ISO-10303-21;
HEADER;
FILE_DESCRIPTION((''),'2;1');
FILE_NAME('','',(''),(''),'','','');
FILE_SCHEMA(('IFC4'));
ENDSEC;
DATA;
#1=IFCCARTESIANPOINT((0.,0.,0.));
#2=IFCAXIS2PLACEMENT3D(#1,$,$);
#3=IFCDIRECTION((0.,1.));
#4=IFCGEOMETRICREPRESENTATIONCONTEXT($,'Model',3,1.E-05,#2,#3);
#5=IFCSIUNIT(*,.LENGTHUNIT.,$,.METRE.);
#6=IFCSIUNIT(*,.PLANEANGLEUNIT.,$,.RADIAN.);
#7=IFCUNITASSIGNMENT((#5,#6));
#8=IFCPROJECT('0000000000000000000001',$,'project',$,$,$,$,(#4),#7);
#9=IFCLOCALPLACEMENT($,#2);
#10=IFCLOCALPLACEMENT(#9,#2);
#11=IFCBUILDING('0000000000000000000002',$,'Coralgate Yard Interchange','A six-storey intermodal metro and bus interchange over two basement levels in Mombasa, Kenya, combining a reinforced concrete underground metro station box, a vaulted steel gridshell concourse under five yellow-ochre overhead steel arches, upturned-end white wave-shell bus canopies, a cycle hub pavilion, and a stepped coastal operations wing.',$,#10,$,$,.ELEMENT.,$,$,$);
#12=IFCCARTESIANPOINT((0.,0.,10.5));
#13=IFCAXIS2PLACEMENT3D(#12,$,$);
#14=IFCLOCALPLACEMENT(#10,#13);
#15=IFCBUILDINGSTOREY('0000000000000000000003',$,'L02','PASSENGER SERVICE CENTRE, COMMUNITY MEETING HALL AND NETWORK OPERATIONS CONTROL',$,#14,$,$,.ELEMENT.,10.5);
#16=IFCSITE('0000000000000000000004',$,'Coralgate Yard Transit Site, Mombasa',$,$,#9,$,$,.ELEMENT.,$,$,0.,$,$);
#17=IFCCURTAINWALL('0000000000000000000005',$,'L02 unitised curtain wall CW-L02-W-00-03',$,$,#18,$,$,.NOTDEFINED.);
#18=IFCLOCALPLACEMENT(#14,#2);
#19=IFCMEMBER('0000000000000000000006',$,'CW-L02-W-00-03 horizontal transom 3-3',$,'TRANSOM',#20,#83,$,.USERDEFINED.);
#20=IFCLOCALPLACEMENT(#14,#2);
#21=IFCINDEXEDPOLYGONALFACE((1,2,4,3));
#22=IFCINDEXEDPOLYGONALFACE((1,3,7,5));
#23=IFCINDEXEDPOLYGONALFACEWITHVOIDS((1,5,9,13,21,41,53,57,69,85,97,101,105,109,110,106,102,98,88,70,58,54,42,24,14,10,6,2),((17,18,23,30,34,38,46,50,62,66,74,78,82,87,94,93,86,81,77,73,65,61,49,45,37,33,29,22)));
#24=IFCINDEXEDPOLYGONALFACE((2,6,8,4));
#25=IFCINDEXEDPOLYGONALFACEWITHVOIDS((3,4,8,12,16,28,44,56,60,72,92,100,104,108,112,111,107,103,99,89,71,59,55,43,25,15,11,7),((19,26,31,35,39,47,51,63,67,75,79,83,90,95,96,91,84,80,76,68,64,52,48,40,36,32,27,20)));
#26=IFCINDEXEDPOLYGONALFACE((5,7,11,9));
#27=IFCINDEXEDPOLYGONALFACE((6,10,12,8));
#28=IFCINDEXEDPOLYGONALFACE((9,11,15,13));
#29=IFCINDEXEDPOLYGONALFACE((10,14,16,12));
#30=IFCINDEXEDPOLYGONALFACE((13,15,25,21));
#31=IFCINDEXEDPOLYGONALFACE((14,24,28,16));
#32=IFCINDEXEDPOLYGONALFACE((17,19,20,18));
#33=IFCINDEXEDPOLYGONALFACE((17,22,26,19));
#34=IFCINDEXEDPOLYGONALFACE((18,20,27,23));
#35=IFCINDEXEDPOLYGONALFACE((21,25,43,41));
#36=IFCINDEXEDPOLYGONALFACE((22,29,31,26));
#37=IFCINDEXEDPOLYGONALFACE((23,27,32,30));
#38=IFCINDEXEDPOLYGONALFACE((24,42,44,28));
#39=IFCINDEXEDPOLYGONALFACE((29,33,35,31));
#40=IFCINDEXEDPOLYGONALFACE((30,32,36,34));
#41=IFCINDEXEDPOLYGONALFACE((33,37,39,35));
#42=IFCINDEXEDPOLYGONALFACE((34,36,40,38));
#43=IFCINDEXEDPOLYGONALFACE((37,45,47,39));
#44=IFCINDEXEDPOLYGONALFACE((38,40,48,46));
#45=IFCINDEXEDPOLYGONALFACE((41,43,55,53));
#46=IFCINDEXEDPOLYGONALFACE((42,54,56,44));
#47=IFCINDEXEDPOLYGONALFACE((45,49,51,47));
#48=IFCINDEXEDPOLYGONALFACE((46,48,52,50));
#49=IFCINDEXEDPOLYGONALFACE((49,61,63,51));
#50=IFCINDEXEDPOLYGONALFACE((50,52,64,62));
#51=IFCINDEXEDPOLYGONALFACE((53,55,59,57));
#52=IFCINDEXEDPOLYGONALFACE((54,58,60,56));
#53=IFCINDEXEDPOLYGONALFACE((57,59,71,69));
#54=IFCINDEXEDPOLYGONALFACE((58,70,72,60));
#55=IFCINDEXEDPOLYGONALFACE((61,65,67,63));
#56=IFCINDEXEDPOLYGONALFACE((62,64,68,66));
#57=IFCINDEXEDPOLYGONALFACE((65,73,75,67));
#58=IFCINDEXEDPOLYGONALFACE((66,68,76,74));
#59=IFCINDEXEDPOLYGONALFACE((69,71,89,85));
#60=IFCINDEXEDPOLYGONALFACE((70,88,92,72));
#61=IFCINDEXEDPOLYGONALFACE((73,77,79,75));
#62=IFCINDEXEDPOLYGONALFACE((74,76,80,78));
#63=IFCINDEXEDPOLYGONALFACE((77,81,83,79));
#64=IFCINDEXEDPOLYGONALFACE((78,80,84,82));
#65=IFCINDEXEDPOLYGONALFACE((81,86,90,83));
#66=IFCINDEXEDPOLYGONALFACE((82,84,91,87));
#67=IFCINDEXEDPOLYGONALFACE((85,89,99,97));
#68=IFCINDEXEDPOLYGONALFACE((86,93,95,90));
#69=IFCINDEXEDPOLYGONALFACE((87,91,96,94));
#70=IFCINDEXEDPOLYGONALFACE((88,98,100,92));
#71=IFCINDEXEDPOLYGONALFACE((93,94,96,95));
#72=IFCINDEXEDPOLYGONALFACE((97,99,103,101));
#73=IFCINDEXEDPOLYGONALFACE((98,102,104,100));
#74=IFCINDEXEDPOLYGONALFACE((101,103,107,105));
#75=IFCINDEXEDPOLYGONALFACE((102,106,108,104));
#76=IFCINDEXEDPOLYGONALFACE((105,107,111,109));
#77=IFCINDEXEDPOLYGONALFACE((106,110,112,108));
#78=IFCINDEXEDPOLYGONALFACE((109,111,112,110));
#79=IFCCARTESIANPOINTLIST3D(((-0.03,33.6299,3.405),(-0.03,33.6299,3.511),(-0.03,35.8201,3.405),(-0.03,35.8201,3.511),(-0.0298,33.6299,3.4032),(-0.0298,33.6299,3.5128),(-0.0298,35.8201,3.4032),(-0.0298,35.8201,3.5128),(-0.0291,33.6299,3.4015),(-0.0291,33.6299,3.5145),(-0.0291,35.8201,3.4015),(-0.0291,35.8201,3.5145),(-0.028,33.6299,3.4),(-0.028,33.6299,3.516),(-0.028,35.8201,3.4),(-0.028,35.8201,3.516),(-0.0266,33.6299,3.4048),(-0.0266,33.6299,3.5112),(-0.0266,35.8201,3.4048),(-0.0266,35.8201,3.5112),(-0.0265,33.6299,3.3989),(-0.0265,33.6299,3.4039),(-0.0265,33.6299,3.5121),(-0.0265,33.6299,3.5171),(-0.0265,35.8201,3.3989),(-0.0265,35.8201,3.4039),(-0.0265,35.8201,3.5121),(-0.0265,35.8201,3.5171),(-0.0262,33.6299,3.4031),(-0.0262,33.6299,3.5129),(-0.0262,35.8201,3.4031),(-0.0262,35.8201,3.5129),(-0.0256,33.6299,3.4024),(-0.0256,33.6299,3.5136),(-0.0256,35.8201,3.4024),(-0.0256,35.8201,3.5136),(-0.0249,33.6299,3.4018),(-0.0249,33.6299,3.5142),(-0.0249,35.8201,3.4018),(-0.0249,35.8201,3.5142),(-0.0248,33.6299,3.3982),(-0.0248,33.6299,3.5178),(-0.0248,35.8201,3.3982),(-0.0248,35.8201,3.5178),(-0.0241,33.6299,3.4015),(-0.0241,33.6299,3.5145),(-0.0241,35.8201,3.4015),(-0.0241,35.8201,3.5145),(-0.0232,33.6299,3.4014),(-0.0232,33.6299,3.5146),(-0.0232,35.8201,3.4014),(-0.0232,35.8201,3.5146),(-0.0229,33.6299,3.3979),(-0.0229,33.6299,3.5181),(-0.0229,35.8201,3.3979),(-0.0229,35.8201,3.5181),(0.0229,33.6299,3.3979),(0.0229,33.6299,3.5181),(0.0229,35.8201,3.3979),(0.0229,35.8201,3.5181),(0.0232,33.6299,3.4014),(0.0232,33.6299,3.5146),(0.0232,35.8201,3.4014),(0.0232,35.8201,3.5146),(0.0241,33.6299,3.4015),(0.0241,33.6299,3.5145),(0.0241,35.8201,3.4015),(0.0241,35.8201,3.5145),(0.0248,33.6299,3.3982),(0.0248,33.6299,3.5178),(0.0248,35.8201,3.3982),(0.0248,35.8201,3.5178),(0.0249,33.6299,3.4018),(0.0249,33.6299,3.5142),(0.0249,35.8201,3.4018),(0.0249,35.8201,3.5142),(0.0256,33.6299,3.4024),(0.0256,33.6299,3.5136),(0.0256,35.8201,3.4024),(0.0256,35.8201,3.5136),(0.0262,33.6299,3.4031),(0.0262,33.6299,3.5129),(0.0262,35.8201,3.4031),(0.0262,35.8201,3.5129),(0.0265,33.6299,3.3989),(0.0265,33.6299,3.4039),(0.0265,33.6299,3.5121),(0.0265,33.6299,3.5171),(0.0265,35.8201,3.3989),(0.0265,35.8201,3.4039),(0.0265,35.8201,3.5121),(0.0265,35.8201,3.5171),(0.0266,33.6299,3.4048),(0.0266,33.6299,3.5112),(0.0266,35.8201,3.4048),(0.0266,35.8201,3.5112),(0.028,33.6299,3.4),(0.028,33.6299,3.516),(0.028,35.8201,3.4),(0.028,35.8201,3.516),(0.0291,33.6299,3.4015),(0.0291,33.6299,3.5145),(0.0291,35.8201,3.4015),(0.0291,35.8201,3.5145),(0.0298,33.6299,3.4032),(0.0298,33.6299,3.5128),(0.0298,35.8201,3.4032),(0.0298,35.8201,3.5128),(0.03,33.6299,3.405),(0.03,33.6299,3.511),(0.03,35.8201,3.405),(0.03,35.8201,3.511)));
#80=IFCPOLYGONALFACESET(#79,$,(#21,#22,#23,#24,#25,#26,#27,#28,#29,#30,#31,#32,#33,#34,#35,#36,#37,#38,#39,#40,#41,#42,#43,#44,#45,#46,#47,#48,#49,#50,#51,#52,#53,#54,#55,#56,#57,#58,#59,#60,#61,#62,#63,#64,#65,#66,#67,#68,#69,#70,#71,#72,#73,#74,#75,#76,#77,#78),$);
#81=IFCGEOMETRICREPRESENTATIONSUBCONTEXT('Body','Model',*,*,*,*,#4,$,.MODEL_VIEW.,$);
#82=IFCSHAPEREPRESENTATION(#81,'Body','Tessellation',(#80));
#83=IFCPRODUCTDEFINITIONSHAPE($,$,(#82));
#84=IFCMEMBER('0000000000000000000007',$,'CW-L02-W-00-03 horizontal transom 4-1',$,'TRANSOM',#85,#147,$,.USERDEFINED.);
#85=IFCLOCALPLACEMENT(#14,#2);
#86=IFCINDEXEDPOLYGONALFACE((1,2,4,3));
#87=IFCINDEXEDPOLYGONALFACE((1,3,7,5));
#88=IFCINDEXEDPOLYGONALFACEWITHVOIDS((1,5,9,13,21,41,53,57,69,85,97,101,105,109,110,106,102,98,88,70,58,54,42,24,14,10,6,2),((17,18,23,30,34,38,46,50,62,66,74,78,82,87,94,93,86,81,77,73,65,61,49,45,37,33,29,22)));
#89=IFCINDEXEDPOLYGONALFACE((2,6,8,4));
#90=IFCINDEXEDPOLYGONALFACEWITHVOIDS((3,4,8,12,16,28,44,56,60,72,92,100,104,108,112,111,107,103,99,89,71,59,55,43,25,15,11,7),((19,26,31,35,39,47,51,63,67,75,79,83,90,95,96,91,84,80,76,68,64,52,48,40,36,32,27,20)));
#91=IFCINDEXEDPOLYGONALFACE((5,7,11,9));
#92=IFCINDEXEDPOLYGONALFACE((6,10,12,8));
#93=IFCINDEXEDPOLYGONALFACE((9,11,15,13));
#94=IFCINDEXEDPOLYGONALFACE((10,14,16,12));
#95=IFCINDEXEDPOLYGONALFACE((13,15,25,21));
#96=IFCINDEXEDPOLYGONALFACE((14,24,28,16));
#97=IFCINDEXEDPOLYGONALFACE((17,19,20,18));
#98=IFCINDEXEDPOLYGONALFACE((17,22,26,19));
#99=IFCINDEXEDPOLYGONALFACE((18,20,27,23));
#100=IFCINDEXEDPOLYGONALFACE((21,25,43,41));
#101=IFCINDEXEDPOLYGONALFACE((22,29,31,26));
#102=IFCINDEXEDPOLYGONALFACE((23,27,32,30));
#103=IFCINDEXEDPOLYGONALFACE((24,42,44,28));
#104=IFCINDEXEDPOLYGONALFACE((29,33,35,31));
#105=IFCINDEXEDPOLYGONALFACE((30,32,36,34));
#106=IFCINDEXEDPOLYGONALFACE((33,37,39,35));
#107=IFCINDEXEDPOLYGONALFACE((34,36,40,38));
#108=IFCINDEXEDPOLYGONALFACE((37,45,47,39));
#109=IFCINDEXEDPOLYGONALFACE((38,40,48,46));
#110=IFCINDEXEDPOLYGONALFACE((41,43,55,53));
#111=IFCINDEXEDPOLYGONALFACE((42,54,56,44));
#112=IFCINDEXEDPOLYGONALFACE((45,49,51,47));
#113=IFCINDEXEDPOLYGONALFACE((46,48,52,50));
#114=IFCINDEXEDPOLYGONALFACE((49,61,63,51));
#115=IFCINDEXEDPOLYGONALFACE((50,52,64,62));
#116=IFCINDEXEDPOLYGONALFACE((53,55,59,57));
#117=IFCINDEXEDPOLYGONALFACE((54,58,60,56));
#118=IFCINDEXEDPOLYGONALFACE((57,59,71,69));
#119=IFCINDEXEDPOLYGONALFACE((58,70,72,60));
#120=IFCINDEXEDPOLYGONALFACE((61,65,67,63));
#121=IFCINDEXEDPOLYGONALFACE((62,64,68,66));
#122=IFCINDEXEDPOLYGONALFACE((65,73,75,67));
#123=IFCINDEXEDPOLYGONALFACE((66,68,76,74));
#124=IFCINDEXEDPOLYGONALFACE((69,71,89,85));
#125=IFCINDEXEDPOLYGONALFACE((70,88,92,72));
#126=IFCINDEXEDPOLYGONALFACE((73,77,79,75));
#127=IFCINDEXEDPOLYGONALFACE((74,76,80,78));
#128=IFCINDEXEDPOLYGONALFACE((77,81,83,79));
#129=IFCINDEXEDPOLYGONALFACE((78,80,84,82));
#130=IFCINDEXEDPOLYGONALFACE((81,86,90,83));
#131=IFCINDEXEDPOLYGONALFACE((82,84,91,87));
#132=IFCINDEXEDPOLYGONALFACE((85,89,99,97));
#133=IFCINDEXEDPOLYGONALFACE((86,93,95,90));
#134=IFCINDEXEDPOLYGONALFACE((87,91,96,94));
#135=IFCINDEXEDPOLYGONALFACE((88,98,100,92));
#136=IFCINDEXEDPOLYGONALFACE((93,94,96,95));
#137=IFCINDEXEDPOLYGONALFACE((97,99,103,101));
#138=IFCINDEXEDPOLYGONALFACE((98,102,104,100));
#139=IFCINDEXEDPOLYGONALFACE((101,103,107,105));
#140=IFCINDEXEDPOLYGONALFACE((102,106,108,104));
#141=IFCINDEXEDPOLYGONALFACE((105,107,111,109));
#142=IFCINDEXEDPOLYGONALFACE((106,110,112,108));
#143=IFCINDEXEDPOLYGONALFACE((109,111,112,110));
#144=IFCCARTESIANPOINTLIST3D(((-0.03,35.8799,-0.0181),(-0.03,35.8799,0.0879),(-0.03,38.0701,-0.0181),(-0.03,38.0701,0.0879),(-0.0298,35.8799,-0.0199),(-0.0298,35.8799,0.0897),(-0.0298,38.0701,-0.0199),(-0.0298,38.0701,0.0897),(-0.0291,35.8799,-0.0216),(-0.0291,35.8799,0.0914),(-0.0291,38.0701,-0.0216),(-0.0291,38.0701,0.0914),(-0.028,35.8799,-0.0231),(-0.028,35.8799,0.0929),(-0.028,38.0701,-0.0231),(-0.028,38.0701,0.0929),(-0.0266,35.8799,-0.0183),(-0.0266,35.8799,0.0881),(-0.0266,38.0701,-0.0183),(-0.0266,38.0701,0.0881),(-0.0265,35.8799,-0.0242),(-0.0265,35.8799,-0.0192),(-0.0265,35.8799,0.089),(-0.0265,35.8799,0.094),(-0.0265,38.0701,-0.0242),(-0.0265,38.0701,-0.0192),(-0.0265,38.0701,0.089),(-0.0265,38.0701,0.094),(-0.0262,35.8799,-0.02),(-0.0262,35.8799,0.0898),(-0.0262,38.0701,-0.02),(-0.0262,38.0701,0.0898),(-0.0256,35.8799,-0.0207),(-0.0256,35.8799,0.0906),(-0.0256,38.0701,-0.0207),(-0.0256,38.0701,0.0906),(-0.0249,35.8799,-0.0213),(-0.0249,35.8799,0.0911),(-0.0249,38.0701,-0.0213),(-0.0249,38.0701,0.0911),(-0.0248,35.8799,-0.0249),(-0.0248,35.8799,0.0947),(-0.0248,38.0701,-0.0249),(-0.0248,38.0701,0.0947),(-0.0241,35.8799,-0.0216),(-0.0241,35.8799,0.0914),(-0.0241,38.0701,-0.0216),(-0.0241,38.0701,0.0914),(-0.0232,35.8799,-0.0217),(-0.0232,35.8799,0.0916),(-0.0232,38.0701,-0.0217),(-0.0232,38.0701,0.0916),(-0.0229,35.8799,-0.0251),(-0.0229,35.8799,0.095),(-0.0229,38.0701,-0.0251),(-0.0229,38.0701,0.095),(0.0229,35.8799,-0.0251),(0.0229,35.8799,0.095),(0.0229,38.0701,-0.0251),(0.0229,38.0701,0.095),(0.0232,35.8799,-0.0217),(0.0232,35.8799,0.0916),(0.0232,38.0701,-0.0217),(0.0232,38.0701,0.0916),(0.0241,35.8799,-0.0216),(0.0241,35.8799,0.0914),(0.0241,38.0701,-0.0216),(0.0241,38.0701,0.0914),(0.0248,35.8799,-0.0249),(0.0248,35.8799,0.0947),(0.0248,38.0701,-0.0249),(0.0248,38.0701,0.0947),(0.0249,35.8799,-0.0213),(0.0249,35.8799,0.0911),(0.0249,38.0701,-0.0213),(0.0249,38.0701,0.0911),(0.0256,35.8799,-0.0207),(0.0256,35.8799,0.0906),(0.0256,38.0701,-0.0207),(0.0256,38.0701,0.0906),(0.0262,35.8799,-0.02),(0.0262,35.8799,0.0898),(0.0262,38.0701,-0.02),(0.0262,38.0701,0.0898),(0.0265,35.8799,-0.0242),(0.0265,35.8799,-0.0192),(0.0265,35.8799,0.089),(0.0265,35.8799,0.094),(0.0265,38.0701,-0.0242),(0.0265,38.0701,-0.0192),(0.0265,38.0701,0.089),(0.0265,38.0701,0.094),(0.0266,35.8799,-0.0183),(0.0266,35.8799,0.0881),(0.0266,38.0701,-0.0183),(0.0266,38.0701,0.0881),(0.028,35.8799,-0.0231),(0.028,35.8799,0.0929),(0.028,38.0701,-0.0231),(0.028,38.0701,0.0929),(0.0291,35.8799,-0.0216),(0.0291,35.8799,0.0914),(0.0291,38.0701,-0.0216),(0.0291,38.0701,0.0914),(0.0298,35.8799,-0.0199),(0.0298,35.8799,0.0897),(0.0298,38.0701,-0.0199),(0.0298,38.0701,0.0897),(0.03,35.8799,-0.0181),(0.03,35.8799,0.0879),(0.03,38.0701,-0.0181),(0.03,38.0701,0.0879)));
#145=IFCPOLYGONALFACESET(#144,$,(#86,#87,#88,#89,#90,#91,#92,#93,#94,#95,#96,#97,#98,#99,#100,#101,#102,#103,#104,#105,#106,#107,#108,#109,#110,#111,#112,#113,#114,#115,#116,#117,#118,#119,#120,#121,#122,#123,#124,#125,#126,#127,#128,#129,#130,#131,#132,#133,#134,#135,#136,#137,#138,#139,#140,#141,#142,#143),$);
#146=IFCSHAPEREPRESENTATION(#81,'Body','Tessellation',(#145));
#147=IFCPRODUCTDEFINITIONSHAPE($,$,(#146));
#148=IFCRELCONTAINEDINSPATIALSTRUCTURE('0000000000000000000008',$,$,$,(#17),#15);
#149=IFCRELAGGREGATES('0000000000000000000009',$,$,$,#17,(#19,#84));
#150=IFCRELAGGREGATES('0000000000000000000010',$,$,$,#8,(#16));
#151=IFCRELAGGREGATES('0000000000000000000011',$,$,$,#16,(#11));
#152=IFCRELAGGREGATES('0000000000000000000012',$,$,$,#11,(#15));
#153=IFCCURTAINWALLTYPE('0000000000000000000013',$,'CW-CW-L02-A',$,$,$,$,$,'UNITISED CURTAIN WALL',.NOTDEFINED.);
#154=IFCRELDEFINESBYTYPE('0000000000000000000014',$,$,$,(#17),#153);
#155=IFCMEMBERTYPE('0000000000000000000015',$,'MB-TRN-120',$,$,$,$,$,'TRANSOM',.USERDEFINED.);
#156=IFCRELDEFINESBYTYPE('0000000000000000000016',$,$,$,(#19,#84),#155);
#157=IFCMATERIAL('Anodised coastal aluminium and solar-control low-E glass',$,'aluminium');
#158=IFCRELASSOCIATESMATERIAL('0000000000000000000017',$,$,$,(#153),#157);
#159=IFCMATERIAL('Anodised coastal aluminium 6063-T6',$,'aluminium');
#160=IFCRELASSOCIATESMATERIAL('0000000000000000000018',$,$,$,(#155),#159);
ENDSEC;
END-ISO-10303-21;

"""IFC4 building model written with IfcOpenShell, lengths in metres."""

from ifc_helpers import new_model, si_unit, direction, frame, origin, origin_2d, place, context, subcontext, project, spatial, hollow_rectangle, extrude, material, material_profile, profile_set, type_object, element, aggregate, save


model = new_model("IFC4")

# Units and contexts
model_context = context("Model", 3, precision=1e-05, world=origin(), true_north=direction((0.0, 1.0)))
body_context = subcontext(model_context, "Body", "Model", "MODEL_VIEW")
ifc_project = project(units=[si_unit("LENGTHUNIT", "METRE"), si_unit("PLANEANGLEUNIT", "RADIAN")], contexts=[model_context])

# Site, building, storey
site_placement = place(None, origin())
site = spatial("IfcSite", under=ifc_project, at=site_placement, Name="Coralgate Yard Transit Site, Mombasa", CompositionType="ELEMENT", RefElevation=0.0)
building_placement = place(site_placement, origin())
building = spatial("IfcBuilding", under=site, at=building_placement, Name="Coralgate Yard Interchange", Description="A six-storey intermodal metro and bus interchange over two basement levels in Mombasa, Kenya, combining a reinforced concrete underground metro station box, a vaulted steel gridshell concourse under five yellow-ochre overhead steel arches, upturned-end white wave-shell bus canopies, a cycle hub pavilion, and a stepped coastal operations wing.", CompositionType="ELEMENT")
storey_placement = place(building_placement, frame((0.0, 0.0, 10.5)))
storey = spatial("IfcBuildingStorey", under=building, at=storey_placement, Name="L02", Description="PASSENGER SERVICE CENTRE, COMMUNITY MEETING HALL AND NETWORK OPERATIONS CONTROL", CompositionType="ELEMENT", Elevation=10.5)

# Curtain wall, members
ifc_material_1 = material(Name="Anodised coastal aluminium and solar-control low-E glass", Category="aluminium")
curtain_wall_type = type_object("IfcCurtainWallType", Name="CW-CW-L02-A", ElementType="UNITISED CURTAIN WALL", PredefinedType="NOTDEFINED", material=ifc_material_1)
curtain_wall_placement = place(storey_placement, origin())
curtain_wall = element("IfcCurtainWall", 1, at=curtain_wall_placement, inside=storey, type_object=curtain_wall_type, Name="L02 unitised curtain wall CW-L02-W-00-03", PredefinedType="NOTDEFINED")
ifc_material_2 = material(Name="Anodised coastal aluminium 6063-T6", Category="aluminium")
ifc_material_profile_1 = material_profile(ifc_material_2, hollow_rectangle(XDim=0.0601, YDim=0.1201, WallThickness=0.0034, InnerFilletRadius=0.0034, OuterFilletRadius=0.0071, at=origin_2d()), Name="ALU 60x120x3.5")
ifc_profile_set_1 = profile_set([ifc_material_profile_1], Name="Anodised coastal aluminium 6063-T6")
member_type_1 = type_object("IfcMemberType", Name="MB-TRN-120", ElementType="TRANSOM", PredefinedType="USERDEFINED", material=ifc_profile_set_1)
member_1_placement = place(storey_placement, frame((0.0, 33.6299, 3.458), z_axis=(0.0, 1.0, 0.0), x_axis=(-1.0, 0.0, 0.0)))
member_1 = element("IfcMember", 2, at=member_1_placement, type_object=member_type_1, Name="CW-L02-W-00-03 horizontal transom 3-3", ObjectType="TRANSOM", PredefinedType="USERDEFINED", context=body_context, shape_type="SweptSolid", body=[
    extrude(hollow_rectangle(XDim=0.0601, YDim=0.1201, WallThickness=0.0034, InnerFilletRadius=0.0034, OuterFilletRadius=0.0071, at=origin_2d()), origin(), (0.0, 0.0, 1.0), 2.1902),
])
member_2_placement = place(storey_placement, frame((0.0, 35.8799, 0.0349), z_axis=(0.0, 1.0, 0.0), x_axis=(-1.0, 0.0, 0.0)))
member_2 = element("IfcMember", 3, at=member_2_placement, type_object=member_type_1, Name="CW-L02-W-00-03 horizontal transom 4-1", ObjectType="TRANSOM", PredefinedType="USERDEFINED", context=body_context, shape_type="SweptSolid", body=[
    extrude(hollow_rectangle(XDim=0.0601, YDim=0.1201, WallThickness=0.0034, InnerFilletRadius=0.0034, OuterFilletRadius=0.0071, at=origin_2d()), origin(), (0.0, 0.0, 1.0), 2.1902),
])
aggregate(curtain_wall, [member_1, member_2])

save(model, "model.ifc")
